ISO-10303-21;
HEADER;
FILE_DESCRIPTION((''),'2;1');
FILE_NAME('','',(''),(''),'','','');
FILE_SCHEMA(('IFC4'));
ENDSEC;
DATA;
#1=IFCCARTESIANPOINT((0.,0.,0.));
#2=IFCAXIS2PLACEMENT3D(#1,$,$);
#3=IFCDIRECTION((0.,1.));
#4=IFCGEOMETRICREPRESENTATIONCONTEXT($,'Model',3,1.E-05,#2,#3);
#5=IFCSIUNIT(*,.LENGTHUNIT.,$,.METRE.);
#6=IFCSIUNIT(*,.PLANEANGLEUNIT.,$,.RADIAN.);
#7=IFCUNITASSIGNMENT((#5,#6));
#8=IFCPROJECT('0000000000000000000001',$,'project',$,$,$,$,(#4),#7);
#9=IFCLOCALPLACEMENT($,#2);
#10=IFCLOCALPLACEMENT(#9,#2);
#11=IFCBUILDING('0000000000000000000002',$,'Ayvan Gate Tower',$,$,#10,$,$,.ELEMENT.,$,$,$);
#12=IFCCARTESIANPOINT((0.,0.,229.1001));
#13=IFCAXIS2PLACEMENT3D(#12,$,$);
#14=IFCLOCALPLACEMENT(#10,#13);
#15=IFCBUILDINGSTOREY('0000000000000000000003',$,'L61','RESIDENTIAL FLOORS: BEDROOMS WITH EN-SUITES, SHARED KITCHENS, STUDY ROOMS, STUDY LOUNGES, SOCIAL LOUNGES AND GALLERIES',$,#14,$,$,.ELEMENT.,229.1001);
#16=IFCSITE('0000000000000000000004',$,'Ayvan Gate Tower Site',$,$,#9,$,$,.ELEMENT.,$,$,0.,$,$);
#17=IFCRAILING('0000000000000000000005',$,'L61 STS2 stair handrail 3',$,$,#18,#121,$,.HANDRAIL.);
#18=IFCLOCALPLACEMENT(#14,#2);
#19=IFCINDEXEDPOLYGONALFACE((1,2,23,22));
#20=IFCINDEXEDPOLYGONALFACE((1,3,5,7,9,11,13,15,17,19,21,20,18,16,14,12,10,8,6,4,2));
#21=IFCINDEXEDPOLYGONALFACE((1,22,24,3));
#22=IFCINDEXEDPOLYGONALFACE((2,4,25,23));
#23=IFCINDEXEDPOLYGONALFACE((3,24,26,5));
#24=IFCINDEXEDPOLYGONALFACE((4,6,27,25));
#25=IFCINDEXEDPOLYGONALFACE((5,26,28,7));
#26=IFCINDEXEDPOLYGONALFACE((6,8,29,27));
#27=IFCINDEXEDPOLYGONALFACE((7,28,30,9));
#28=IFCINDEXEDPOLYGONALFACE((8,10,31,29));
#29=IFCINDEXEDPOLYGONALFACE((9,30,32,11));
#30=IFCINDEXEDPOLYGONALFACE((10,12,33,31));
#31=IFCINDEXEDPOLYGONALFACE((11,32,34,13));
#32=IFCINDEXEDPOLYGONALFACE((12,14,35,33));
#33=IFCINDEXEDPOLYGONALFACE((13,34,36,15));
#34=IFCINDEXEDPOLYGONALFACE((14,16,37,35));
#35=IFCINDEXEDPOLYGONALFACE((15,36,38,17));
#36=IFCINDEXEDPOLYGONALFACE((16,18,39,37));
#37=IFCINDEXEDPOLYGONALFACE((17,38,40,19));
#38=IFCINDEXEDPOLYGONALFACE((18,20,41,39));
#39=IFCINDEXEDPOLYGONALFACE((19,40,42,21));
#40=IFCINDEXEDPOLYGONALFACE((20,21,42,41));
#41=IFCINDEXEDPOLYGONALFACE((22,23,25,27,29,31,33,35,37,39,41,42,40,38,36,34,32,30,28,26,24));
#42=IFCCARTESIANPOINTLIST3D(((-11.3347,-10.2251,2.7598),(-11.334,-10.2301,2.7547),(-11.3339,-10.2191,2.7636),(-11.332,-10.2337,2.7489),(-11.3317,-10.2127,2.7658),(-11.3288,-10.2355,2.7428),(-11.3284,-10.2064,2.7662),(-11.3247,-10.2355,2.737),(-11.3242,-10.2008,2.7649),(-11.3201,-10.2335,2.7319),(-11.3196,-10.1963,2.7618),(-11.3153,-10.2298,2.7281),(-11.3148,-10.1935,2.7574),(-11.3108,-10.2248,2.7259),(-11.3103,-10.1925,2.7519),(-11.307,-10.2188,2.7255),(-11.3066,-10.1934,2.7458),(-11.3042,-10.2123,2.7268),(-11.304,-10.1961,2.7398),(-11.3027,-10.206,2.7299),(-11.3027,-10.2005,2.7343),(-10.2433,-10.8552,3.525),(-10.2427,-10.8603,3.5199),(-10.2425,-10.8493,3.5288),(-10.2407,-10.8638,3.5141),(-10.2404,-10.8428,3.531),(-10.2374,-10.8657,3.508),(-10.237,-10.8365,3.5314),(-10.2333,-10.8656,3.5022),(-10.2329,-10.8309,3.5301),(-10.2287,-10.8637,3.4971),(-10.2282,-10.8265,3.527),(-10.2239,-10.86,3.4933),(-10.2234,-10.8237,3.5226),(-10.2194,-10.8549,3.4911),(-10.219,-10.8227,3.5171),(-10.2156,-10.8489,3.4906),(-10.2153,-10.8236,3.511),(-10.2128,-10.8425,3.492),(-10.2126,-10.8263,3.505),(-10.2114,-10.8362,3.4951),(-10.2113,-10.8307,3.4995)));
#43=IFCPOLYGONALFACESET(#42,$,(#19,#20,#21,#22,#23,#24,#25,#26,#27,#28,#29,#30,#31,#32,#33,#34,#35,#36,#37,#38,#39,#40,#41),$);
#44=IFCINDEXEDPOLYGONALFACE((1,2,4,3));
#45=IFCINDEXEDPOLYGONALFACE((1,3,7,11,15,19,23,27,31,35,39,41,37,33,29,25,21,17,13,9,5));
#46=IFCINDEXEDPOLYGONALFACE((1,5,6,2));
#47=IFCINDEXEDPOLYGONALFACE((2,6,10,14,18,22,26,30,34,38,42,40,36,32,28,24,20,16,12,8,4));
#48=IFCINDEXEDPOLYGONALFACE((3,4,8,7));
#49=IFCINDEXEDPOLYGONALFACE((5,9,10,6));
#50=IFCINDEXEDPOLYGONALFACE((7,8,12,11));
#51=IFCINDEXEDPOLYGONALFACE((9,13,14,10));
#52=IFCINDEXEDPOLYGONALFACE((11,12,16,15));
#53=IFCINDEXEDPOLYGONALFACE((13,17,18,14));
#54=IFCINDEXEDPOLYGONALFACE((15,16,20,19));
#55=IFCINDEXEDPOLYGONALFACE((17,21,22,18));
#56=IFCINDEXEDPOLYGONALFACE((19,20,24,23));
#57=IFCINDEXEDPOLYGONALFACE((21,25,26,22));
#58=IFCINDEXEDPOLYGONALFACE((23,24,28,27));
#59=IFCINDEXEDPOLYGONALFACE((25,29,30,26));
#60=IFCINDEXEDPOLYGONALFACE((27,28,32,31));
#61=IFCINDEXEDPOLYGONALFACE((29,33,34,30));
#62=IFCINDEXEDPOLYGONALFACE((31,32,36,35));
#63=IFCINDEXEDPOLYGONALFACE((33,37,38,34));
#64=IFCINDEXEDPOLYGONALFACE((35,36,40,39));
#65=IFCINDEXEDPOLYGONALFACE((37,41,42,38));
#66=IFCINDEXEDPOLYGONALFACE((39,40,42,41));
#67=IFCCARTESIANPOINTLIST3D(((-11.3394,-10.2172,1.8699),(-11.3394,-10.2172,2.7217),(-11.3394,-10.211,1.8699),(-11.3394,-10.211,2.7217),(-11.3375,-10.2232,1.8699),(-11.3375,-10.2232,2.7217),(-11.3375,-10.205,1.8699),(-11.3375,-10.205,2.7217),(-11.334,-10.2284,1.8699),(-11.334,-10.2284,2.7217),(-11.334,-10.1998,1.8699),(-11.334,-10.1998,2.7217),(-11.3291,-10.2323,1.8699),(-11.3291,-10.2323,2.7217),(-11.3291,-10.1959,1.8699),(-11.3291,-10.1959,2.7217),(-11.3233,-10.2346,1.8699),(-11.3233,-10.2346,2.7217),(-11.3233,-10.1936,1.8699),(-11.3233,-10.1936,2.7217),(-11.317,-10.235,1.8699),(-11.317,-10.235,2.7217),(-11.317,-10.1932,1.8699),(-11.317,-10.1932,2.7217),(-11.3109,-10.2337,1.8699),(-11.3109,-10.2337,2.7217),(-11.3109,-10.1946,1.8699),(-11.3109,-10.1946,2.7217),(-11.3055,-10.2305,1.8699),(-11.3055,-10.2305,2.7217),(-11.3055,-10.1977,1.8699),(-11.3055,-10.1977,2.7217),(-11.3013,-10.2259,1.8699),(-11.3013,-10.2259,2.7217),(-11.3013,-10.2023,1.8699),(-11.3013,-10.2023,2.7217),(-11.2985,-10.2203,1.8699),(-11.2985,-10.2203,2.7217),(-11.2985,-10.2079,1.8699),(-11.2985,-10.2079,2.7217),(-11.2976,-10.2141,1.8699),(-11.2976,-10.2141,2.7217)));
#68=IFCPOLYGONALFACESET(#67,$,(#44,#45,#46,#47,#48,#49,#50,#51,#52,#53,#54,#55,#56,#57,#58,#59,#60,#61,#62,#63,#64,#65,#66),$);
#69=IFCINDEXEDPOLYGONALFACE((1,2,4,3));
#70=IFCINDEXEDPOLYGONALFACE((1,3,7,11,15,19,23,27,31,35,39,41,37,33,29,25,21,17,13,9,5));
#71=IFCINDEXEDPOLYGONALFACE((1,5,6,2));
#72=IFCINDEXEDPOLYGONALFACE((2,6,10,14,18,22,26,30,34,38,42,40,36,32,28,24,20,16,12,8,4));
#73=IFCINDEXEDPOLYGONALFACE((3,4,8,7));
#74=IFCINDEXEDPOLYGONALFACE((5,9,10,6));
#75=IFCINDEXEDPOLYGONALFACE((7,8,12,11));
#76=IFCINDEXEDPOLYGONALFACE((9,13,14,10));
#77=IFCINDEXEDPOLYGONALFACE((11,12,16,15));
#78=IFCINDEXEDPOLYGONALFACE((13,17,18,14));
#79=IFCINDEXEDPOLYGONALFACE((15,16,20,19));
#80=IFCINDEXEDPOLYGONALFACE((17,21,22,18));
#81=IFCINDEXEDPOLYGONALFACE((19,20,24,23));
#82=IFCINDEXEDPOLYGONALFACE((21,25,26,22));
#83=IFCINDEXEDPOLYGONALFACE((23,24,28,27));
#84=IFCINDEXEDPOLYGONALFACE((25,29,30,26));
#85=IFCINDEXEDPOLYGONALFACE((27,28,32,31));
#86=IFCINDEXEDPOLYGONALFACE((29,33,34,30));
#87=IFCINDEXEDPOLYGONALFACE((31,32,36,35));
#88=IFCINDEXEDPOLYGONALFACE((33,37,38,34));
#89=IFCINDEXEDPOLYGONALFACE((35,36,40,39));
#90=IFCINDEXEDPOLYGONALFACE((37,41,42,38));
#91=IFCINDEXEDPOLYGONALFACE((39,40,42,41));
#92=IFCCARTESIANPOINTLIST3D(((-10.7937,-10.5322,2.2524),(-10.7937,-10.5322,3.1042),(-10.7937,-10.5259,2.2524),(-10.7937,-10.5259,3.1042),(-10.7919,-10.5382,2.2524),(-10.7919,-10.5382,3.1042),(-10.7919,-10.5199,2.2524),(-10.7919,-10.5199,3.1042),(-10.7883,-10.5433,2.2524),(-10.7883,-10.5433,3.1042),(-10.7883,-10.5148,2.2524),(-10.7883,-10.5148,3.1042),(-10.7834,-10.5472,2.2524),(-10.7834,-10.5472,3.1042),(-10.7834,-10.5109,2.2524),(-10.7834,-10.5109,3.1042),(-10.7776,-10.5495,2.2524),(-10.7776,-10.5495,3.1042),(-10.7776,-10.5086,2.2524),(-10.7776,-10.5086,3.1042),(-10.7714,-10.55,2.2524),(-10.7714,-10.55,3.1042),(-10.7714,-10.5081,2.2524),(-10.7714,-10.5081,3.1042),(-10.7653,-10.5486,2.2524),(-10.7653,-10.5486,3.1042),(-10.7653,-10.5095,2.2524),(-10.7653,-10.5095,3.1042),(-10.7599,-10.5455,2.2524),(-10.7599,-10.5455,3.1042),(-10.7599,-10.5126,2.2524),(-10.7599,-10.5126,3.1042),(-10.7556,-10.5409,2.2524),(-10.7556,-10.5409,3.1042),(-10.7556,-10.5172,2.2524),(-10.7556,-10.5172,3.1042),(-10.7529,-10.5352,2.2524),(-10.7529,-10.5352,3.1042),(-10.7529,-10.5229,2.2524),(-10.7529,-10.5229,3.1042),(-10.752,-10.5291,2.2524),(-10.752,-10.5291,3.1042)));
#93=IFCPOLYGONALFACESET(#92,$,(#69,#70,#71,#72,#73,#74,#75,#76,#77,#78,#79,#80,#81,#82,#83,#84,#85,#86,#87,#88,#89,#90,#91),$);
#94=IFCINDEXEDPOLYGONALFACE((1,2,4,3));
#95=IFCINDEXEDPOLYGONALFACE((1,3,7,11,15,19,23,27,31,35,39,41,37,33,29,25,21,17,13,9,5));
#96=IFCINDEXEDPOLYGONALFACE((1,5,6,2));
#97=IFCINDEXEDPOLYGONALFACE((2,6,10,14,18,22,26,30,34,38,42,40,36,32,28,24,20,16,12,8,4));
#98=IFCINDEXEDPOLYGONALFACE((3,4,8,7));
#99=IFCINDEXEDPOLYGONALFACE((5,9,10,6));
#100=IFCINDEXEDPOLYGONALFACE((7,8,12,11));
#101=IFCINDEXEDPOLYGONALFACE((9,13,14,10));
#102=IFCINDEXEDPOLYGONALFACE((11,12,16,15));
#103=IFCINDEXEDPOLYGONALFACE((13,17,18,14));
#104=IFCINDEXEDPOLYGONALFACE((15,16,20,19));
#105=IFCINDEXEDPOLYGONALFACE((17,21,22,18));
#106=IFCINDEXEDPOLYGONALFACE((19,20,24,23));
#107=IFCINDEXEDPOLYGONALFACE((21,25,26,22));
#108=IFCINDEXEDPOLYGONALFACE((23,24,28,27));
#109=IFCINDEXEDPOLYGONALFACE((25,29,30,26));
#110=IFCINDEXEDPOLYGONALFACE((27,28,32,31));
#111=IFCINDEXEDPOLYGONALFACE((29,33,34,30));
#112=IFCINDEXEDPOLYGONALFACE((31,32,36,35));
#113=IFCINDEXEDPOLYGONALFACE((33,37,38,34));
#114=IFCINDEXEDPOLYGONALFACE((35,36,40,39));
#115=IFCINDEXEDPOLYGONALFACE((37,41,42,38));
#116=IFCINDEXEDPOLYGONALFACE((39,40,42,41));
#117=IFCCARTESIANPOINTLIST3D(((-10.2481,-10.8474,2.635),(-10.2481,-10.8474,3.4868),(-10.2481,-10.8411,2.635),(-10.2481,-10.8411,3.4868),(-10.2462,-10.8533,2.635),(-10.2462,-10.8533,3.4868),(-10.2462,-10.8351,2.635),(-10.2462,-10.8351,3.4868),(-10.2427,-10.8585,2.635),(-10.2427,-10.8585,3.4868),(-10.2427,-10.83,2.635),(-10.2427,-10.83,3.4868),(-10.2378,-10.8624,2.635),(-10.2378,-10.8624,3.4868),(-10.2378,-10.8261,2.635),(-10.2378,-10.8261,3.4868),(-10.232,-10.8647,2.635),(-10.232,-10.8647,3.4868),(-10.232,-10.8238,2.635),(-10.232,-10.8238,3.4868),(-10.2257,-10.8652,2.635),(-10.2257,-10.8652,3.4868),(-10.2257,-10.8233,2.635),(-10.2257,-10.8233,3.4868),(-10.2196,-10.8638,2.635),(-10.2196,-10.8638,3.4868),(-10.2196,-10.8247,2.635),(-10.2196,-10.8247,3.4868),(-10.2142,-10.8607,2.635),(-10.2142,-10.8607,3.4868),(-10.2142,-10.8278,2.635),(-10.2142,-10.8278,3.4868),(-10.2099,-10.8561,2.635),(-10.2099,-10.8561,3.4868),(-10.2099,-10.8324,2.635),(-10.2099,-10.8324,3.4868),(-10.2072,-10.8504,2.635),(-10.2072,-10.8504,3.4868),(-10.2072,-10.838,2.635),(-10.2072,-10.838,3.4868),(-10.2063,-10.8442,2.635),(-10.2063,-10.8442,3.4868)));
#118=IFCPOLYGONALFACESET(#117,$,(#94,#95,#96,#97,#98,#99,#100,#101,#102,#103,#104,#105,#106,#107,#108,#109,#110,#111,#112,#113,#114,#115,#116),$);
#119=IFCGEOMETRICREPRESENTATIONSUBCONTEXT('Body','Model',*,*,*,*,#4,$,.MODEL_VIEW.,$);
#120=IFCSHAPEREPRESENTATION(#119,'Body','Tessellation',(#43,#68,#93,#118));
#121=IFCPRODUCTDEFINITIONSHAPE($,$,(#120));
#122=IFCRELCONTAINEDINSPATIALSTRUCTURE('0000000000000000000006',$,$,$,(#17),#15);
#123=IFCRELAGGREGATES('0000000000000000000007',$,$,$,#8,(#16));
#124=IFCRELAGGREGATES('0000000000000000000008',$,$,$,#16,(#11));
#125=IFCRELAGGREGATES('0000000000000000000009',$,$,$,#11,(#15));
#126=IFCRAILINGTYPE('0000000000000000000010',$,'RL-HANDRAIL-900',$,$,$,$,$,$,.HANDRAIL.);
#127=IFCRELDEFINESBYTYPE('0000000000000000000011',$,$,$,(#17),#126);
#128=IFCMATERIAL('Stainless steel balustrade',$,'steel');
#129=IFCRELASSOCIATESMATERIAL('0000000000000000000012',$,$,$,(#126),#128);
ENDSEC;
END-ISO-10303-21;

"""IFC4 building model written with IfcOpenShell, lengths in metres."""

from ifc_helpers import new_model, si_unit, direction, frame, origin, origin_2d, place, context, subcontext, project, spatial, circle, extrude, material, type_object, element, save


model = new_model("IFC4")

# Units and contexts
model_context = context("Model", 3, precision=1e-05, world=origin(), true_north=direction((0.0, 1.0)))
body_context = subcontext(model_context, "Body", "Model", "MODEL_VIEW")
ifc_project = project(units=[si_unit("LENGTHUNIT", "METRE"), si_unit("PLANEANGLEUNIT", "RADIAN")], contexts=[model_context])

# Site, building, storey
site_placement = place(None, origin())
site = spatial("IfcSite", under=ifc_project, at=site_placement, Name="Ayvan Gate Tower Site", CompositionType="ELEMENT", RefElevation=0.0)
building_placement = place(site_placement, origin())
building = spatial("IfcBuilding", under=site, at=building_placement, Name="Ayvan Gate Tower", CompositionType="ELEMENT")
storey_placement = place(building_placement, frame((0.0, 0.0, 229.1001)))
storey = spatial("IfcBuildingStorey", under=building, at=storey_placement, Name="L61", Description="RESIDENTIAL FLOORS: BEDROOMS WITH EN-SUITES, SHARED KITCHENS, STUDY ROOMS, STUDY LOUNGES, SOCIAL LOUNGES AND GALLERIES", CompositionType="ELEMENT", Elevation=229.1001)

# Railing
ifc_material_1 = material(Name="Stainless steel balustrade", Category="steel")
railing_type_1 = type_object("IfcRailingType", Name="RL-HANDRAIL-900", PredefinedType="HANDRAIL", material=ifc_material_1)
railing_1_placement = place(storey_placement, frame((-11.3186, -10.2141, 1.8699)))
element("IfcRailing", 1, at=railing_1_placement, inside=storey, type_object=railing_type_1, Name="L61 STS2 stair handrail 3", PredefinedType="HANDRAIL", context=body_context, shape_type="SweptSolid", body=[
    extrude(circle(Radius=0.0239, at=origin_2d()), frame((0.0, 0.0, 0.876), z_axis=(0.740241, -0.427419, 0.518996), x_axis=(0.500035, 0.866005, 0.0)), (0.0, 0.0, 1.0), 1.4744),
    extrude(circle(Radius=0.021, at=origin_2d()), origin(), (0.0, 0.0, 1.0), 0.8518),
    extrude(circle(Radius=0.021, at=origin_2d()), frame((0.5457, -0.3149, 0.3826)), (0.0, 0.0, 1.0), 0.8518),
    extrude(circle(Radius=0.021, at=origin_2d()), frame((1.0913, -0.6301, 0.7651)), (0.0, 0.0, 1.0), 0.8518),
])

save(model, "model.ifc")
